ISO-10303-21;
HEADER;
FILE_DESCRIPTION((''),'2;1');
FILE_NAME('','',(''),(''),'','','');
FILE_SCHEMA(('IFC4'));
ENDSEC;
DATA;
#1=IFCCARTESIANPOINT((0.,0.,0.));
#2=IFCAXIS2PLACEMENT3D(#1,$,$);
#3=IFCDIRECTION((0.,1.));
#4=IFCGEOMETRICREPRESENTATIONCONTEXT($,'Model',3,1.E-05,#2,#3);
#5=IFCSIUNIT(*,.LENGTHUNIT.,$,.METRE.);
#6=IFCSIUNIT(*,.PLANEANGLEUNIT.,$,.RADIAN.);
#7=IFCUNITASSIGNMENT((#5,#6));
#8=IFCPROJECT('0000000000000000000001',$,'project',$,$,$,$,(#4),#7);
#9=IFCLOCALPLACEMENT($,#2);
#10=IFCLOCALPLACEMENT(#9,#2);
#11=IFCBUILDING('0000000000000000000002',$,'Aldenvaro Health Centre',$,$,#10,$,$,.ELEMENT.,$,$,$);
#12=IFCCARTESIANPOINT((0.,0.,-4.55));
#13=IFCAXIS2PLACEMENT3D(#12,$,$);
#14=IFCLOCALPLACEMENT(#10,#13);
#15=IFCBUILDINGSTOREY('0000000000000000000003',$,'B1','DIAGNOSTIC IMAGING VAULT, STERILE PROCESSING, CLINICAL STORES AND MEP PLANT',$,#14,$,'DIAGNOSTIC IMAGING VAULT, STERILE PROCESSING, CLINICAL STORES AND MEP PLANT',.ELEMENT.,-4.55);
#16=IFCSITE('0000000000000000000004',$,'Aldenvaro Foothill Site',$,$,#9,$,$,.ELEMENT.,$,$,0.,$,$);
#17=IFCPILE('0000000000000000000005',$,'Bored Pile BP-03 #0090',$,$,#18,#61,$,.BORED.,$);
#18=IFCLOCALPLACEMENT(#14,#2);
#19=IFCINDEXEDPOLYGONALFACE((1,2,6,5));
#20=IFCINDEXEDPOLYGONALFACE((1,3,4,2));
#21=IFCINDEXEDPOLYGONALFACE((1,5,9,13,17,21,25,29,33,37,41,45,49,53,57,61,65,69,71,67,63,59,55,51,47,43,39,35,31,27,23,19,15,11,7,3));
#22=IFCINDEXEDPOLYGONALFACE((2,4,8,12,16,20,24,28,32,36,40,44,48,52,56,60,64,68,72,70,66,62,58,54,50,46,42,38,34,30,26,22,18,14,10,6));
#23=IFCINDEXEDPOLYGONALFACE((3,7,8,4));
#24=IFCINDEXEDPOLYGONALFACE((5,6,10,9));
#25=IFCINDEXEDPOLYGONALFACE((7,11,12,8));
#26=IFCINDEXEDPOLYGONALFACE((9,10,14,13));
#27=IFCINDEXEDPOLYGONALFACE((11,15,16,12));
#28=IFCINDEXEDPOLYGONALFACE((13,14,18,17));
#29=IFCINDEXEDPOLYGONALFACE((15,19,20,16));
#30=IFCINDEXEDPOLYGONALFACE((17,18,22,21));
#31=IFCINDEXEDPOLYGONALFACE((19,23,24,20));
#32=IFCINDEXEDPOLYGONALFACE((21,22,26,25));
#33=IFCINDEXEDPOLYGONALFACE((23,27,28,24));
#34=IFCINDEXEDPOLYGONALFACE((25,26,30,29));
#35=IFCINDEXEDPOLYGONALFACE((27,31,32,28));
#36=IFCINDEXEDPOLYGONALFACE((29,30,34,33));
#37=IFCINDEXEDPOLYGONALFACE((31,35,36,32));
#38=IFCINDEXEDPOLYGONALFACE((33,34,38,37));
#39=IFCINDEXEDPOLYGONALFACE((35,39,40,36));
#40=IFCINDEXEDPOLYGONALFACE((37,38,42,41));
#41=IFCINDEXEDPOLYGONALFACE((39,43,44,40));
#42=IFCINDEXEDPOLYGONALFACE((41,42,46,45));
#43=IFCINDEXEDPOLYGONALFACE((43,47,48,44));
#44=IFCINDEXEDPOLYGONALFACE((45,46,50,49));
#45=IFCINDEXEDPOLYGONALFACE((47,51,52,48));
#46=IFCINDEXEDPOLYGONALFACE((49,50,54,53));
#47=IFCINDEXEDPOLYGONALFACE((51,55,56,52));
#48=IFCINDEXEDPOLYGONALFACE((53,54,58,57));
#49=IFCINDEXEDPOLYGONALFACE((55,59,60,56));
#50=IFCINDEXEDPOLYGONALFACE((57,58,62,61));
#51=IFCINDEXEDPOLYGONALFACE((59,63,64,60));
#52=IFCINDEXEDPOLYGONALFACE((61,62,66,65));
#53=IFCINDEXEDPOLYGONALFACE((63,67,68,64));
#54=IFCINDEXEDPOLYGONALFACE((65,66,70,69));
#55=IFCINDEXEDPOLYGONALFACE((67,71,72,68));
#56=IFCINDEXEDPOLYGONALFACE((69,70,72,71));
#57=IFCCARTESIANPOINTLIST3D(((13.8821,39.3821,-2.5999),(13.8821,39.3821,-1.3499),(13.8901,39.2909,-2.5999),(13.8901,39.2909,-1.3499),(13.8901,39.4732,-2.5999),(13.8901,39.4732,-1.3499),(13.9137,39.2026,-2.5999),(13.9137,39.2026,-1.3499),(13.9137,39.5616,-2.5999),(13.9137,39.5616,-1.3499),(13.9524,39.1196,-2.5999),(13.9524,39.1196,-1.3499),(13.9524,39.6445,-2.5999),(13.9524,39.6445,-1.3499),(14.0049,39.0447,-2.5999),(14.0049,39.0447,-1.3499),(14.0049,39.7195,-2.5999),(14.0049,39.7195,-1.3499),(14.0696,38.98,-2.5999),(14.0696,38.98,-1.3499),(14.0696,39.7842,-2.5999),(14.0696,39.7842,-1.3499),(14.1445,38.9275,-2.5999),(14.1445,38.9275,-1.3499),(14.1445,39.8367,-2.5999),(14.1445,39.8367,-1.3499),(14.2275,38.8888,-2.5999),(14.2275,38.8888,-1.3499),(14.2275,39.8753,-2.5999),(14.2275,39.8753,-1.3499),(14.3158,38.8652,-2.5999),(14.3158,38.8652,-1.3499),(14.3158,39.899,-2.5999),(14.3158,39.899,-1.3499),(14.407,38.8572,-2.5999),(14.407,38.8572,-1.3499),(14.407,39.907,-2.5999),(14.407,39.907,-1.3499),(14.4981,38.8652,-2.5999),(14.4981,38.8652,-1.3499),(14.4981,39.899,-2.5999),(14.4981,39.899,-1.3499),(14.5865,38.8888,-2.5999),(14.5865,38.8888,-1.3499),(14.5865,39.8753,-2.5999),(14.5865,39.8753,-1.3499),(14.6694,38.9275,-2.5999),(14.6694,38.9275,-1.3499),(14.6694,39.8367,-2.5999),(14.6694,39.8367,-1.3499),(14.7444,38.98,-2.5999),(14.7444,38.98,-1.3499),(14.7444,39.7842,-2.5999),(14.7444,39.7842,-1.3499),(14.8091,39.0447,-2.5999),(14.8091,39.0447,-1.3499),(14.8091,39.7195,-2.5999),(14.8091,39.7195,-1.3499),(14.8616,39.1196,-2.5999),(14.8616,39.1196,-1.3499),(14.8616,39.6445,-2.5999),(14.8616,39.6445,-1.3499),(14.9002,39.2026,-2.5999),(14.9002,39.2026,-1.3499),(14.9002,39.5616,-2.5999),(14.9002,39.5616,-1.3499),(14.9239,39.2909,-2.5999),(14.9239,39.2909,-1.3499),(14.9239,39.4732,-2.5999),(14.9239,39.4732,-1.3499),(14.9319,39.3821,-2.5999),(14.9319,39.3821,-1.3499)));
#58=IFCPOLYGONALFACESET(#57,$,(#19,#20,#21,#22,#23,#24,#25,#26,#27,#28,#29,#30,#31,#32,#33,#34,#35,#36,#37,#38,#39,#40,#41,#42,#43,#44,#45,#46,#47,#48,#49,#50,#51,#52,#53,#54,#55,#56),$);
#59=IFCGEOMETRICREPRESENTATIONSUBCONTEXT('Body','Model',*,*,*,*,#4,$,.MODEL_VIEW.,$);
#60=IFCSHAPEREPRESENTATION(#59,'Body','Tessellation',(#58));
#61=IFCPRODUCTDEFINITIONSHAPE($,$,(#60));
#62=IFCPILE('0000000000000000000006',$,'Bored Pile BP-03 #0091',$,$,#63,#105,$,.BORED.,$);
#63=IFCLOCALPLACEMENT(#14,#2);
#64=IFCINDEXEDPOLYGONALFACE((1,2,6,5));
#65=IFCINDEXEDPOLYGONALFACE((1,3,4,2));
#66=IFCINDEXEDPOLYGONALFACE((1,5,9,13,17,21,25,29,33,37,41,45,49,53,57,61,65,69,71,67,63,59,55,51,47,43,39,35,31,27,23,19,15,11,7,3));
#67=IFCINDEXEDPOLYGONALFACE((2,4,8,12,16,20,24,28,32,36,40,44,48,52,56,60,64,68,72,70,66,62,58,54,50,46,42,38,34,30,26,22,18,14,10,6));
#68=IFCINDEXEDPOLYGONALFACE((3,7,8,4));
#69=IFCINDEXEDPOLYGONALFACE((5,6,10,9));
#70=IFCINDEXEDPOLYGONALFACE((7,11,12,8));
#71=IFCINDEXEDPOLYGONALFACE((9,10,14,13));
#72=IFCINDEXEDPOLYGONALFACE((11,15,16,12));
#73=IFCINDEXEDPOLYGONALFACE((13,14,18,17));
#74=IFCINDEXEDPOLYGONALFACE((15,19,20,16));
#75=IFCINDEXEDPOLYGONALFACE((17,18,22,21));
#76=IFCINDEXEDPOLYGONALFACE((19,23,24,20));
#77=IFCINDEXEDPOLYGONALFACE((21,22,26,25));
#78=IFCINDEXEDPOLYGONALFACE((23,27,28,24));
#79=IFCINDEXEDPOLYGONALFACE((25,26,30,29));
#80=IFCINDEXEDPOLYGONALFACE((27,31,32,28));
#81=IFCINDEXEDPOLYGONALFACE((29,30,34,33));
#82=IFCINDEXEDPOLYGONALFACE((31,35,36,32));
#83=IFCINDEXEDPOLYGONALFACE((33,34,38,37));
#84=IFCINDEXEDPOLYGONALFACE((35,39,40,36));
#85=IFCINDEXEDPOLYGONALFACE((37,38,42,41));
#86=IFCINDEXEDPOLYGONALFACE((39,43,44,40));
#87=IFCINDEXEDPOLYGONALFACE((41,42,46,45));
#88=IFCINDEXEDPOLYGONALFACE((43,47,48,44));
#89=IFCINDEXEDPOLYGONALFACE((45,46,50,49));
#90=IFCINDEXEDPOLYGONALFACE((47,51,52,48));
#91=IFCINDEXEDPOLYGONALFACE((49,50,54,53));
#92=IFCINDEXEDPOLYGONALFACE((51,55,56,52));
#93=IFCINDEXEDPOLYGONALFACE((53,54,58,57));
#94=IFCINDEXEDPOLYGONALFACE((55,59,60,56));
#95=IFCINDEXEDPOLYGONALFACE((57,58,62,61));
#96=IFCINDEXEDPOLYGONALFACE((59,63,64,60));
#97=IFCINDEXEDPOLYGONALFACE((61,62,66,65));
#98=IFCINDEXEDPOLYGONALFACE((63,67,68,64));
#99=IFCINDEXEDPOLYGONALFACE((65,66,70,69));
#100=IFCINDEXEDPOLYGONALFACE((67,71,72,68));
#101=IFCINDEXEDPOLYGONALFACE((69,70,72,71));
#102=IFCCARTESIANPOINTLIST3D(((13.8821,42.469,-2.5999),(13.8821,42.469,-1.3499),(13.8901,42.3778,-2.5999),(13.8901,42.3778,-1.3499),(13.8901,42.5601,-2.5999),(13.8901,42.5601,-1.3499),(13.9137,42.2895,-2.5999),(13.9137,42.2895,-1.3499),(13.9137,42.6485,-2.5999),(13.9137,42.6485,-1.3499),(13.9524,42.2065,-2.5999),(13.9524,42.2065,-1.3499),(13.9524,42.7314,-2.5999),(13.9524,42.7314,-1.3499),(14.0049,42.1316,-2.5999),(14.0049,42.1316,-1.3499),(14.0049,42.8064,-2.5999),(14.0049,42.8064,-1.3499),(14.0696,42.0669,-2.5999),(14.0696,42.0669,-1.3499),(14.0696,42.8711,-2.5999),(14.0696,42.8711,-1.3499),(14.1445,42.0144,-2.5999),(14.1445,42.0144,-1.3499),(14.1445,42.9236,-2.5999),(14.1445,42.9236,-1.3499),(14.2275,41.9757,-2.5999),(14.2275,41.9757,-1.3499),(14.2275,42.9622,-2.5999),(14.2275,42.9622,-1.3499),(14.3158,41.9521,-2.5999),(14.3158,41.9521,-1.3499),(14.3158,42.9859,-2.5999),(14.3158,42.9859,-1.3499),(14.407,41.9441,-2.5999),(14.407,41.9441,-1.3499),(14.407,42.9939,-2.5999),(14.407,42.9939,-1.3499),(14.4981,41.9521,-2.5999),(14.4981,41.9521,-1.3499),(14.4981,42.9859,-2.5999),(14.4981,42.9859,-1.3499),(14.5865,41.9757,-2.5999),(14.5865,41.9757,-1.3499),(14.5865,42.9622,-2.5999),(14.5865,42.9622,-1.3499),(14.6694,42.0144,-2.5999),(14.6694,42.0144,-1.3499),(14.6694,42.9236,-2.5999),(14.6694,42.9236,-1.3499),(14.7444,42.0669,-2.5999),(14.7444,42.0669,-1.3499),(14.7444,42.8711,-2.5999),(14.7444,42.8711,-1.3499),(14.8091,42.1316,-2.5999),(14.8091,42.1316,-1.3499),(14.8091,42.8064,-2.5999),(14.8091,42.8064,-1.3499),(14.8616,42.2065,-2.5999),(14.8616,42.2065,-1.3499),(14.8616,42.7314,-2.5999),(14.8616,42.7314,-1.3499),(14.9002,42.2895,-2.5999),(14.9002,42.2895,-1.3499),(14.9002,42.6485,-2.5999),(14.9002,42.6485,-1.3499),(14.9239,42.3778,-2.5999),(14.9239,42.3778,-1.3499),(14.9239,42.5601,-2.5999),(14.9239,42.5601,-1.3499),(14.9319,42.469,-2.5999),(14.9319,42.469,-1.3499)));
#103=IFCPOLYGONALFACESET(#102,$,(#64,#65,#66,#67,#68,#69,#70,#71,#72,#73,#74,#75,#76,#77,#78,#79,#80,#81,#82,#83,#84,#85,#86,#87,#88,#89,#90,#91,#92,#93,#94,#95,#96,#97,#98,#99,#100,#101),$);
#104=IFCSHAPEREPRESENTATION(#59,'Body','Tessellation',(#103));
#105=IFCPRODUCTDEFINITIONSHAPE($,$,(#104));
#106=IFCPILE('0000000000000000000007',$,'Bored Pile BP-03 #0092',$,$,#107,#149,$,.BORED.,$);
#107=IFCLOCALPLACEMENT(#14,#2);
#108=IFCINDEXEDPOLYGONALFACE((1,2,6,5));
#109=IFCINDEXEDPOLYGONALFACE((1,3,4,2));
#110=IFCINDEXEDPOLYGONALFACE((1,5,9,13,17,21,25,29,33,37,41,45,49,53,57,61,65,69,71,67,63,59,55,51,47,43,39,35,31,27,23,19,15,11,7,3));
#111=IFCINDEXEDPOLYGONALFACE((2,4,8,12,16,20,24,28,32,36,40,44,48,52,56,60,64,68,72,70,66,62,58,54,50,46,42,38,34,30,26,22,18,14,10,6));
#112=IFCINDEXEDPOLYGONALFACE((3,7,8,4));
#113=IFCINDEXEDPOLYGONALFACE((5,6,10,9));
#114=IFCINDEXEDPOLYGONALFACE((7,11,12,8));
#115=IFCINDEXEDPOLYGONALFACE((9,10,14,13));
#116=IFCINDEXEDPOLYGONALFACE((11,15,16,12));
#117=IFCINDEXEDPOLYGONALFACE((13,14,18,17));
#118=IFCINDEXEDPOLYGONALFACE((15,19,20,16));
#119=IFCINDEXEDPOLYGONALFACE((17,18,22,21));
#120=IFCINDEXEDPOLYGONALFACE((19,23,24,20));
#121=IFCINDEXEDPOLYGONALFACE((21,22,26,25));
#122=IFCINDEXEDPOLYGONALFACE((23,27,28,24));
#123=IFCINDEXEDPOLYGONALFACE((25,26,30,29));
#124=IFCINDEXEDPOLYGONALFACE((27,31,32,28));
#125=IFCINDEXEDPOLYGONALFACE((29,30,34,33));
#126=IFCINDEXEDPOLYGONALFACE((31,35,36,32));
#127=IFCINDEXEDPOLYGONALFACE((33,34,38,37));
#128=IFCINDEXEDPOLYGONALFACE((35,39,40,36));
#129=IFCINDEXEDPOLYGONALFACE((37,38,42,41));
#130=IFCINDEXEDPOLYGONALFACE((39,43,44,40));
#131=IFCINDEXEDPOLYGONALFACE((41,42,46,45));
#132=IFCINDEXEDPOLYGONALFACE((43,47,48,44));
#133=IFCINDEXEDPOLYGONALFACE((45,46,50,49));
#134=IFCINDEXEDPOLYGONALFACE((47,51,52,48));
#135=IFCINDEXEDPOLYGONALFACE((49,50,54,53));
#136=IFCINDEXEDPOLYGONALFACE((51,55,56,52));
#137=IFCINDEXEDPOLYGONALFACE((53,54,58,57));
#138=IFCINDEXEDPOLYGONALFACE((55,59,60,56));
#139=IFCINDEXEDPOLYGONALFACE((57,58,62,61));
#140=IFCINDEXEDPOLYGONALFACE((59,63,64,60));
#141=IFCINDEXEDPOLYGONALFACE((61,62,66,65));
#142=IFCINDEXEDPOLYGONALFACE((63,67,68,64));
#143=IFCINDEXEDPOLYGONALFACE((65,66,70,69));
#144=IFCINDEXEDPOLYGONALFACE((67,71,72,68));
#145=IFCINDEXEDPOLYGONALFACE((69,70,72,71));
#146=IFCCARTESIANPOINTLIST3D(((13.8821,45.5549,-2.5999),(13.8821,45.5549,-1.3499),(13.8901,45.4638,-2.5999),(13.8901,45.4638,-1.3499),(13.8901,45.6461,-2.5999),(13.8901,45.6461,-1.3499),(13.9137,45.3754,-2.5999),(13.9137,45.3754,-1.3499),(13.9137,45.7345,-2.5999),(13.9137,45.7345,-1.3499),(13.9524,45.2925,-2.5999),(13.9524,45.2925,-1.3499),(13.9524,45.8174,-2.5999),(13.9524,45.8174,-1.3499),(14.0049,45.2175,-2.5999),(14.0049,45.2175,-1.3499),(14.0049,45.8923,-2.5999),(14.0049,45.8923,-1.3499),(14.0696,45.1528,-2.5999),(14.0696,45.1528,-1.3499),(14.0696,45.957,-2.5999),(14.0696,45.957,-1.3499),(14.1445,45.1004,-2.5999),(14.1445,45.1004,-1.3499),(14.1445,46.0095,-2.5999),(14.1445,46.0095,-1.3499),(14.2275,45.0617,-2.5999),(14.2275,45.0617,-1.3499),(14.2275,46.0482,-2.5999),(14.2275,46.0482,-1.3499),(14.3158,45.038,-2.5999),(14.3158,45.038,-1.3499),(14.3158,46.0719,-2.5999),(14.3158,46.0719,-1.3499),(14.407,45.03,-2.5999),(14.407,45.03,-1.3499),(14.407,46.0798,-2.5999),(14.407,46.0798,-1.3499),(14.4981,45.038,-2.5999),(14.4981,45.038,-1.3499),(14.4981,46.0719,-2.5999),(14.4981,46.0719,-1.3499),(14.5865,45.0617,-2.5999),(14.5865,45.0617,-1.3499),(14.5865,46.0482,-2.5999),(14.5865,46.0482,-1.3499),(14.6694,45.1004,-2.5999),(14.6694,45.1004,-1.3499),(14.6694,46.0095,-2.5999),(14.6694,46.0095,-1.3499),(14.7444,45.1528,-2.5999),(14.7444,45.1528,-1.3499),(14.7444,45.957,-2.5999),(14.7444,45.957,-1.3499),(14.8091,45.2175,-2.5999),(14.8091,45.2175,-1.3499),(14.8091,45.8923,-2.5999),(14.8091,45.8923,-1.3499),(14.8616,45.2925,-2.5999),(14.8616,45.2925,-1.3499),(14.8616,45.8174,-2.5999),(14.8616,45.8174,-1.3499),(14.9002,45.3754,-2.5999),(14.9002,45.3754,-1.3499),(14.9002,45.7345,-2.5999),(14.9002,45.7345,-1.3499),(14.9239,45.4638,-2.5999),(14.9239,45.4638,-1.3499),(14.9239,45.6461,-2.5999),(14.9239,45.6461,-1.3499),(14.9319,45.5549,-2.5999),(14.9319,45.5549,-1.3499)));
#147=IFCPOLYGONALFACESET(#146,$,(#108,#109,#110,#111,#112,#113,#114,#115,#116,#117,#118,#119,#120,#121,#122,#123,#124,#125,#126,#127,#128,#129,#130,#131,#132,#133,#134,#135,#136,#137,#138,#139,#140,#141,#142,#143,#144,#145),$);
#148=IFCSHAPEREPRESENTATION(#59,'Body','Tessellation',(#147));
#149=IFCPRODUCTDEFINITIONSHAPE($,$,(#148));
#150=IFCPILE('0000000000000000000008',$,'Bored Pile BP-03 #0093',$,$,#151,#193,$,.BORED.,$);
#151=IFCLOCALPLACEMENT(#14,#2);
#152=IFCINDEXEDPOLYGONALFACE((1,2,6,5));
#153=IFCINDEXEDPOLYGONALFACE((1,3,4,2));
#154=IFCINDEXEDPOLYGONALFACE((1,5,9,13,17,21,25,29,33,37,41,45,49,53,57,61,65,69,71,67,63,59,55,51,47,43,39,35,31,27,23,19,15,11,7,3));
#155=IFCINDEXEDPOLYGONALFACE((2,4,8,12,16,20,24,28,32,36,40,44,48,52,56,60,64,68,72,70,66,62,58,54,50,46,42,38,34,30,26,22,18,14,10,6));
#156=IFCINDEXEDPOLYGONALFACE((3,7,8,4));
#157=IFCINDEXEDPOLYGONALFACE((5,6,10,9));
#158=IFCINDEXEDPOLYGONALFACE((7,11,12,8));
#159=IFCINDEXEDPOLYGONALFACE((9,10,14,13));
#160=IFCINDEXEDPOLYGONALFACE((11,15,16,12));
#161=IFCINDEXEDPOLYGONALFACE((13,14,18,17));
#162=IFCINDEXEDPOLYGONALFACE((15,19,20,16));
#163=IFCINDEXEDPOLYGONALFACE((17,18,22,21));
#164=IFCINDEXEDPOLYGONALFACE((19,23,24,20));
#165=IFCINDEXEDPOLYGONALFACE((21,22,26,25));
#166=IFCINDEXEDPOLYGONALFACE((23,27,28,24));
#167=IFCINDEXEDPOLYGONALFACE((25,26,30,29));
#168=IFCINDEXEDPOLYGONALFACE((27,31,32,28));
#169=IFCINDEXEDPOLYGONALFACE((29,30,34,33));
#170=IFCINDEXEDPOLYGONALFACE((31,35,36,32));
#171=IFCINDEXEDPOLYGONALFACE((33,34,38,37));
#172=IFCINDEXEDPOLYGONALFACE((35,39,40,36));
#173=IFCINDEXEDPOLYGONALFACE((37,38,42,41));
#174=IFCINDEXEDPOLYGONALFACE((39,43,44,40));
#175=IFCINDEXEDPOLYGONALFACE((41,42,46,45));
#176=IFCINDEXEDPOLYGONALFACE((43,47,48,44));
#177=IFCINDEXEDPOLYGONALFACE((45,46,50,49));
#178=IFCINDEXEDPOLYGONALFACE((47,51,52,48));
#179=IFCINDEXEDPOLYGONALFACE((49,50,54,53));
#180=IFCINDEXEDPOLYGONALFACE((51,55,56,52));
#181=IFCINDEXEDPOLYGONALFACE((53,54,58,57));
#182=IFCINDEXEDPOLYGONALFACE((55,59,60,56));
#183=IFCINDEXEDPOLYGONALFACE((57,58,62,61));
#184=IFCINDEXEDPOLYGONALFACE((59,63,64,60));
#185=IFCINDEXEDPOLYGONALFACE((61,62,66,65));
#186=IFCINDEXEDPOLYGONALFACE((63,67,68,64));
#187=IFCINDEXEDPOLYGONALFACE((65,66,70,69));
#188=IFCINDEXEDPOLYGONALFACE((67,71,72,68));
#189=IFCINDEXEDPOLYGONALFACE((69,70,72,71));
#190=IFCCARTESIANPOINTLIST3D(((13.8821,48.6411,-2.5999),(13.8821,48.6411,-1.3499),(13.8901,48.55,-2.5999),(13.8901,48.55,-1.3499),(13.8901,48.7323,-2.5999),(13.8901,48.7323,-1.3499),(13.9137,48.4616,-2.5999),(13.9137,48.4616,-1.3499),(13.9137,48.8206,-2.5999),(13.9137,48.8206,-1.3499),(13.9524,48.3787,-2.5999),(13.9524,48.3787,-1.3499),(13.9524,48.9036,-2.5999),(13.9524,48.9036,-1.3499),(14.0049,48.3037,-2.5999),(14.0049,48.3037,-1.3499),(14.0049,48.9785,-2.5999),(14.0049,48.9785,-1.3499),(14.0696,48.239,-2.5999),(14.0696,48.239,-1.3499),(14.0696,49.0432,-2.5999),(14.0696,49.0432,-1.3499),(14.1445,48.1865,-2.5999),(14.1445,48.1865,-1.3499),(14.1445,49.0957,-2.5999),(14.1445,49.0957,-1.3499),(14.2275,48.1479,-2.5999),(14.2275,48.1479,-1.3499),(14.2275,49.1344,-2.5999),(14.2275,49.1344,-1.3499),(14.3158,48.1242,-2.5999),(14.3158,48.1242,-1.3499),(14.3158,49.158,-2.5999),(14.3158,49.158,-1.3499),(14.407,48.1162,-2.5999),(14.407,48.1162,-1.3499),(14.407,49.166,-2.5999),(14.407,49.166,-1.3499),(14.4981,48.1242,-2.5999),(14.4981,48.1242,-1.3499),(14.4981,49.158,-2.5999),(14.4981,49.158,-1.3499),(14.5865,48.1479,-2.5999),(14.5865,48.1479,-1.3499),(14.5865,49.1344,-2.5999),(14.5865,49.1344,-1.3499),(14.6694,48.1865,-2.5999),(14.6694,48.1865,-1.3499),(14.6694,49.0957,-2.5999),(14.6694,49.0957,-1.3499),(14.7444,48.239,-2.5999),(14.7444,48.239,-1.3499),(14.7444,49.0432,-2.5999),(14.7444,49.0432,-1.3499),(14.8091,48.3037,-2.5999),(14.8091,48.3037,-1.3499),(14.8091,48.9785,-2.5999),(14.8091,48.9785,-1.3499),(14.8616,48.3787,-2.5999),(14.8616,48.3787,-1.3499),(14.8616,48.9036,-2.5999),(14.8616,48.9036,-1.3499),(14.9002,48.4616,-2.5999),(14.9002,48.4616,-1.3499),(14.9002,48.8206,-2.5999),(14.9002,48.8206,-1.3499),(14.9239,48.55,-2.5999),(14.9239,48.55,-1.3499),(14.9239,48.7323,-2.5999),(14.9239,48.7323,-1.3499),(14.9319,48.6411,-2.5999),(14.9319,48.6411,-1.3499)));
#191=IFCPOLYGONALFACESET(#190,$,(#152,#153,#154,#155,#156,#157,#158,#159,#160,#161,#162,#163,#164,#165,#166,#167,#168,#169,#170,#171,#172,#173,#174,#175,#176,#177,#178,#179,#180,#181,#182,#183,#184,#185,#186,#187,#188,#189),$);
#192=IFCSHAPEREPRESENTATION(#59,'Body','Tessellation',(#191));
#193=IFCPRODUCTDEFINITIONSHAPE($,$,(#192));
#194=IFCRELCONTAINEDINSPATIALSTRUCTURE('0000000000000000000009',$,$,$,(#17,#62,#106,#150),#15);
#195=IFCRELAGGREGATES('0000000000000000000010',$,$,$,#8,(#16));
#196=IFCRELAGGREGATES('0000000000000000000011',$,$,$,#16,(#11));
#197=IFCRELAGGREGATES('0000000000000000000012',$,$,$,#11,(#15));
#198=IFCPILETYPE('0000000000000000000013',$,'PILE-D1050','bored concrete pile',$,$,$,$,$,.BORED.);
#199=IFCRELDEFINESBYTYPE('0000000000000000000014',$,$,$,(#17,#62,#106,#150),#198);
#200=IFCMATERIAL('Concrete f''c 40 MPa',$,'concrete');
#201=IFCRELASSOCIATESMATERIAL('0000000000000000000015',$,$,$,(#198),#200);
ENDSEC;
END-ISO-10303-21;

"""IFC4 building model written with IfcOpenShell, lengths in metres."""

from ifc_helpers import new_model, si_unit, direction, frame, origin, origin_2d, place, context, subcontext, project, spatial, circle, extrude, material, material_profile, profile_set, type_object, element, save


model = new_model("IFC4")

# Units and contexts
model_context = context("Model", 3, precision=1e-05, world=origin(), true_north=direction((0.0, 1.0)))
body_context = subcontext(model_context, "Body", "Model", "MODEL_VIEW")
ifc_project = project(units=[si_unit("LENGTHUNIT", "METRE"), si_unit("PLANEANGLEUNIT", "RADIAN")], contexts=[model_context])

# Site, building, storey
site_placement = place(None, origin())
site = spatial("IfcSite", under=ifc_project, at=site_placement, Name="Aldenvaro Foothill Site", CompositionType="ELEMENT", RefElevation=0.0)
building_placement = place(site_placement, origin())
building = spatial("IfcBuilding", under=site, at=building_placement, Name="Aldenvaro Health Centre", CompositionType="ELEMENT")
storey_placement = place(building_placement, frame((0.0, 0.0, -4.55)))
storey = spatial("IfcBuildingStorey", under=building, at=storey_placement, Name="B1", Description="DIAGNOSTIC IMAGING VAULT, STERILE PROCESSING, CLINICAL STORES AND MEP PLANT", LongName="DIAGNOSTIC IMAGING VAULT, STERILE PROCESSING, CLINICAL STORES AND MEP PLANT", CompositionType="ELEMENT", Elevation=-4.55)

# Piles
ifc_material_1 = material(Name="Concrete f'c 40 MPa", Category="concrete")
ifc_material_profile_1 = material_profile(ifc_material_1, circle(Radius=0.5249, at=origin_2d()), Name="PILE D1050", Category="concrete")
ifc_profile_set_1 = profile_set([ifc_material_profile_1], Name="Concrete f'c 40 MPa")
pile_type = type_object("IfcPileType", Name="PILE-D1050", Description="bored concrete pile", PredefinedType="BORED", material=ifc_profile_set_1)
for number, where, z_axis, x_axis, name in (
    (1, (14.407, 39.3821, -1.3499), (0.0, 0.0, -1.0), (1.0, 0.0, 0.0), "Bored Pile BP-03 #0090"),
    (2, (14.407, 42.469, -1.3499), (0.0, 0.0, -1.0), (1.0, 0.0, 0.0), "Bored Pile BP-03 #0091"),
    (3, (14.407, 45.5549, -1.3499), (0.0, 0.0, -1.0), (1.0, 0.0, 0.0), "Bored Pile BP-03 #0092"),
    (4, (14.407, 48.6411, -1.3499), (0.0, 0.0, -1.0), (1.0, 0.0, 0.0), "Bored Pile BP-03 #0093"),
):
    element("IfcPile", number, at=place(storey_placement, frame(where, z_axis=z_axis, x_axis=x_axis)), inside=storey, type_object=pile_type, Name=name, PredefinedType="BORED", context=body_context, shape_type="SweptSolid", body=[
        extrude(circle(Radius=0.5249, at=origin_2d()), origin(), (0.0, 0.0, 1.0), 1.25),
    ])

save(model, "model.ifc")
